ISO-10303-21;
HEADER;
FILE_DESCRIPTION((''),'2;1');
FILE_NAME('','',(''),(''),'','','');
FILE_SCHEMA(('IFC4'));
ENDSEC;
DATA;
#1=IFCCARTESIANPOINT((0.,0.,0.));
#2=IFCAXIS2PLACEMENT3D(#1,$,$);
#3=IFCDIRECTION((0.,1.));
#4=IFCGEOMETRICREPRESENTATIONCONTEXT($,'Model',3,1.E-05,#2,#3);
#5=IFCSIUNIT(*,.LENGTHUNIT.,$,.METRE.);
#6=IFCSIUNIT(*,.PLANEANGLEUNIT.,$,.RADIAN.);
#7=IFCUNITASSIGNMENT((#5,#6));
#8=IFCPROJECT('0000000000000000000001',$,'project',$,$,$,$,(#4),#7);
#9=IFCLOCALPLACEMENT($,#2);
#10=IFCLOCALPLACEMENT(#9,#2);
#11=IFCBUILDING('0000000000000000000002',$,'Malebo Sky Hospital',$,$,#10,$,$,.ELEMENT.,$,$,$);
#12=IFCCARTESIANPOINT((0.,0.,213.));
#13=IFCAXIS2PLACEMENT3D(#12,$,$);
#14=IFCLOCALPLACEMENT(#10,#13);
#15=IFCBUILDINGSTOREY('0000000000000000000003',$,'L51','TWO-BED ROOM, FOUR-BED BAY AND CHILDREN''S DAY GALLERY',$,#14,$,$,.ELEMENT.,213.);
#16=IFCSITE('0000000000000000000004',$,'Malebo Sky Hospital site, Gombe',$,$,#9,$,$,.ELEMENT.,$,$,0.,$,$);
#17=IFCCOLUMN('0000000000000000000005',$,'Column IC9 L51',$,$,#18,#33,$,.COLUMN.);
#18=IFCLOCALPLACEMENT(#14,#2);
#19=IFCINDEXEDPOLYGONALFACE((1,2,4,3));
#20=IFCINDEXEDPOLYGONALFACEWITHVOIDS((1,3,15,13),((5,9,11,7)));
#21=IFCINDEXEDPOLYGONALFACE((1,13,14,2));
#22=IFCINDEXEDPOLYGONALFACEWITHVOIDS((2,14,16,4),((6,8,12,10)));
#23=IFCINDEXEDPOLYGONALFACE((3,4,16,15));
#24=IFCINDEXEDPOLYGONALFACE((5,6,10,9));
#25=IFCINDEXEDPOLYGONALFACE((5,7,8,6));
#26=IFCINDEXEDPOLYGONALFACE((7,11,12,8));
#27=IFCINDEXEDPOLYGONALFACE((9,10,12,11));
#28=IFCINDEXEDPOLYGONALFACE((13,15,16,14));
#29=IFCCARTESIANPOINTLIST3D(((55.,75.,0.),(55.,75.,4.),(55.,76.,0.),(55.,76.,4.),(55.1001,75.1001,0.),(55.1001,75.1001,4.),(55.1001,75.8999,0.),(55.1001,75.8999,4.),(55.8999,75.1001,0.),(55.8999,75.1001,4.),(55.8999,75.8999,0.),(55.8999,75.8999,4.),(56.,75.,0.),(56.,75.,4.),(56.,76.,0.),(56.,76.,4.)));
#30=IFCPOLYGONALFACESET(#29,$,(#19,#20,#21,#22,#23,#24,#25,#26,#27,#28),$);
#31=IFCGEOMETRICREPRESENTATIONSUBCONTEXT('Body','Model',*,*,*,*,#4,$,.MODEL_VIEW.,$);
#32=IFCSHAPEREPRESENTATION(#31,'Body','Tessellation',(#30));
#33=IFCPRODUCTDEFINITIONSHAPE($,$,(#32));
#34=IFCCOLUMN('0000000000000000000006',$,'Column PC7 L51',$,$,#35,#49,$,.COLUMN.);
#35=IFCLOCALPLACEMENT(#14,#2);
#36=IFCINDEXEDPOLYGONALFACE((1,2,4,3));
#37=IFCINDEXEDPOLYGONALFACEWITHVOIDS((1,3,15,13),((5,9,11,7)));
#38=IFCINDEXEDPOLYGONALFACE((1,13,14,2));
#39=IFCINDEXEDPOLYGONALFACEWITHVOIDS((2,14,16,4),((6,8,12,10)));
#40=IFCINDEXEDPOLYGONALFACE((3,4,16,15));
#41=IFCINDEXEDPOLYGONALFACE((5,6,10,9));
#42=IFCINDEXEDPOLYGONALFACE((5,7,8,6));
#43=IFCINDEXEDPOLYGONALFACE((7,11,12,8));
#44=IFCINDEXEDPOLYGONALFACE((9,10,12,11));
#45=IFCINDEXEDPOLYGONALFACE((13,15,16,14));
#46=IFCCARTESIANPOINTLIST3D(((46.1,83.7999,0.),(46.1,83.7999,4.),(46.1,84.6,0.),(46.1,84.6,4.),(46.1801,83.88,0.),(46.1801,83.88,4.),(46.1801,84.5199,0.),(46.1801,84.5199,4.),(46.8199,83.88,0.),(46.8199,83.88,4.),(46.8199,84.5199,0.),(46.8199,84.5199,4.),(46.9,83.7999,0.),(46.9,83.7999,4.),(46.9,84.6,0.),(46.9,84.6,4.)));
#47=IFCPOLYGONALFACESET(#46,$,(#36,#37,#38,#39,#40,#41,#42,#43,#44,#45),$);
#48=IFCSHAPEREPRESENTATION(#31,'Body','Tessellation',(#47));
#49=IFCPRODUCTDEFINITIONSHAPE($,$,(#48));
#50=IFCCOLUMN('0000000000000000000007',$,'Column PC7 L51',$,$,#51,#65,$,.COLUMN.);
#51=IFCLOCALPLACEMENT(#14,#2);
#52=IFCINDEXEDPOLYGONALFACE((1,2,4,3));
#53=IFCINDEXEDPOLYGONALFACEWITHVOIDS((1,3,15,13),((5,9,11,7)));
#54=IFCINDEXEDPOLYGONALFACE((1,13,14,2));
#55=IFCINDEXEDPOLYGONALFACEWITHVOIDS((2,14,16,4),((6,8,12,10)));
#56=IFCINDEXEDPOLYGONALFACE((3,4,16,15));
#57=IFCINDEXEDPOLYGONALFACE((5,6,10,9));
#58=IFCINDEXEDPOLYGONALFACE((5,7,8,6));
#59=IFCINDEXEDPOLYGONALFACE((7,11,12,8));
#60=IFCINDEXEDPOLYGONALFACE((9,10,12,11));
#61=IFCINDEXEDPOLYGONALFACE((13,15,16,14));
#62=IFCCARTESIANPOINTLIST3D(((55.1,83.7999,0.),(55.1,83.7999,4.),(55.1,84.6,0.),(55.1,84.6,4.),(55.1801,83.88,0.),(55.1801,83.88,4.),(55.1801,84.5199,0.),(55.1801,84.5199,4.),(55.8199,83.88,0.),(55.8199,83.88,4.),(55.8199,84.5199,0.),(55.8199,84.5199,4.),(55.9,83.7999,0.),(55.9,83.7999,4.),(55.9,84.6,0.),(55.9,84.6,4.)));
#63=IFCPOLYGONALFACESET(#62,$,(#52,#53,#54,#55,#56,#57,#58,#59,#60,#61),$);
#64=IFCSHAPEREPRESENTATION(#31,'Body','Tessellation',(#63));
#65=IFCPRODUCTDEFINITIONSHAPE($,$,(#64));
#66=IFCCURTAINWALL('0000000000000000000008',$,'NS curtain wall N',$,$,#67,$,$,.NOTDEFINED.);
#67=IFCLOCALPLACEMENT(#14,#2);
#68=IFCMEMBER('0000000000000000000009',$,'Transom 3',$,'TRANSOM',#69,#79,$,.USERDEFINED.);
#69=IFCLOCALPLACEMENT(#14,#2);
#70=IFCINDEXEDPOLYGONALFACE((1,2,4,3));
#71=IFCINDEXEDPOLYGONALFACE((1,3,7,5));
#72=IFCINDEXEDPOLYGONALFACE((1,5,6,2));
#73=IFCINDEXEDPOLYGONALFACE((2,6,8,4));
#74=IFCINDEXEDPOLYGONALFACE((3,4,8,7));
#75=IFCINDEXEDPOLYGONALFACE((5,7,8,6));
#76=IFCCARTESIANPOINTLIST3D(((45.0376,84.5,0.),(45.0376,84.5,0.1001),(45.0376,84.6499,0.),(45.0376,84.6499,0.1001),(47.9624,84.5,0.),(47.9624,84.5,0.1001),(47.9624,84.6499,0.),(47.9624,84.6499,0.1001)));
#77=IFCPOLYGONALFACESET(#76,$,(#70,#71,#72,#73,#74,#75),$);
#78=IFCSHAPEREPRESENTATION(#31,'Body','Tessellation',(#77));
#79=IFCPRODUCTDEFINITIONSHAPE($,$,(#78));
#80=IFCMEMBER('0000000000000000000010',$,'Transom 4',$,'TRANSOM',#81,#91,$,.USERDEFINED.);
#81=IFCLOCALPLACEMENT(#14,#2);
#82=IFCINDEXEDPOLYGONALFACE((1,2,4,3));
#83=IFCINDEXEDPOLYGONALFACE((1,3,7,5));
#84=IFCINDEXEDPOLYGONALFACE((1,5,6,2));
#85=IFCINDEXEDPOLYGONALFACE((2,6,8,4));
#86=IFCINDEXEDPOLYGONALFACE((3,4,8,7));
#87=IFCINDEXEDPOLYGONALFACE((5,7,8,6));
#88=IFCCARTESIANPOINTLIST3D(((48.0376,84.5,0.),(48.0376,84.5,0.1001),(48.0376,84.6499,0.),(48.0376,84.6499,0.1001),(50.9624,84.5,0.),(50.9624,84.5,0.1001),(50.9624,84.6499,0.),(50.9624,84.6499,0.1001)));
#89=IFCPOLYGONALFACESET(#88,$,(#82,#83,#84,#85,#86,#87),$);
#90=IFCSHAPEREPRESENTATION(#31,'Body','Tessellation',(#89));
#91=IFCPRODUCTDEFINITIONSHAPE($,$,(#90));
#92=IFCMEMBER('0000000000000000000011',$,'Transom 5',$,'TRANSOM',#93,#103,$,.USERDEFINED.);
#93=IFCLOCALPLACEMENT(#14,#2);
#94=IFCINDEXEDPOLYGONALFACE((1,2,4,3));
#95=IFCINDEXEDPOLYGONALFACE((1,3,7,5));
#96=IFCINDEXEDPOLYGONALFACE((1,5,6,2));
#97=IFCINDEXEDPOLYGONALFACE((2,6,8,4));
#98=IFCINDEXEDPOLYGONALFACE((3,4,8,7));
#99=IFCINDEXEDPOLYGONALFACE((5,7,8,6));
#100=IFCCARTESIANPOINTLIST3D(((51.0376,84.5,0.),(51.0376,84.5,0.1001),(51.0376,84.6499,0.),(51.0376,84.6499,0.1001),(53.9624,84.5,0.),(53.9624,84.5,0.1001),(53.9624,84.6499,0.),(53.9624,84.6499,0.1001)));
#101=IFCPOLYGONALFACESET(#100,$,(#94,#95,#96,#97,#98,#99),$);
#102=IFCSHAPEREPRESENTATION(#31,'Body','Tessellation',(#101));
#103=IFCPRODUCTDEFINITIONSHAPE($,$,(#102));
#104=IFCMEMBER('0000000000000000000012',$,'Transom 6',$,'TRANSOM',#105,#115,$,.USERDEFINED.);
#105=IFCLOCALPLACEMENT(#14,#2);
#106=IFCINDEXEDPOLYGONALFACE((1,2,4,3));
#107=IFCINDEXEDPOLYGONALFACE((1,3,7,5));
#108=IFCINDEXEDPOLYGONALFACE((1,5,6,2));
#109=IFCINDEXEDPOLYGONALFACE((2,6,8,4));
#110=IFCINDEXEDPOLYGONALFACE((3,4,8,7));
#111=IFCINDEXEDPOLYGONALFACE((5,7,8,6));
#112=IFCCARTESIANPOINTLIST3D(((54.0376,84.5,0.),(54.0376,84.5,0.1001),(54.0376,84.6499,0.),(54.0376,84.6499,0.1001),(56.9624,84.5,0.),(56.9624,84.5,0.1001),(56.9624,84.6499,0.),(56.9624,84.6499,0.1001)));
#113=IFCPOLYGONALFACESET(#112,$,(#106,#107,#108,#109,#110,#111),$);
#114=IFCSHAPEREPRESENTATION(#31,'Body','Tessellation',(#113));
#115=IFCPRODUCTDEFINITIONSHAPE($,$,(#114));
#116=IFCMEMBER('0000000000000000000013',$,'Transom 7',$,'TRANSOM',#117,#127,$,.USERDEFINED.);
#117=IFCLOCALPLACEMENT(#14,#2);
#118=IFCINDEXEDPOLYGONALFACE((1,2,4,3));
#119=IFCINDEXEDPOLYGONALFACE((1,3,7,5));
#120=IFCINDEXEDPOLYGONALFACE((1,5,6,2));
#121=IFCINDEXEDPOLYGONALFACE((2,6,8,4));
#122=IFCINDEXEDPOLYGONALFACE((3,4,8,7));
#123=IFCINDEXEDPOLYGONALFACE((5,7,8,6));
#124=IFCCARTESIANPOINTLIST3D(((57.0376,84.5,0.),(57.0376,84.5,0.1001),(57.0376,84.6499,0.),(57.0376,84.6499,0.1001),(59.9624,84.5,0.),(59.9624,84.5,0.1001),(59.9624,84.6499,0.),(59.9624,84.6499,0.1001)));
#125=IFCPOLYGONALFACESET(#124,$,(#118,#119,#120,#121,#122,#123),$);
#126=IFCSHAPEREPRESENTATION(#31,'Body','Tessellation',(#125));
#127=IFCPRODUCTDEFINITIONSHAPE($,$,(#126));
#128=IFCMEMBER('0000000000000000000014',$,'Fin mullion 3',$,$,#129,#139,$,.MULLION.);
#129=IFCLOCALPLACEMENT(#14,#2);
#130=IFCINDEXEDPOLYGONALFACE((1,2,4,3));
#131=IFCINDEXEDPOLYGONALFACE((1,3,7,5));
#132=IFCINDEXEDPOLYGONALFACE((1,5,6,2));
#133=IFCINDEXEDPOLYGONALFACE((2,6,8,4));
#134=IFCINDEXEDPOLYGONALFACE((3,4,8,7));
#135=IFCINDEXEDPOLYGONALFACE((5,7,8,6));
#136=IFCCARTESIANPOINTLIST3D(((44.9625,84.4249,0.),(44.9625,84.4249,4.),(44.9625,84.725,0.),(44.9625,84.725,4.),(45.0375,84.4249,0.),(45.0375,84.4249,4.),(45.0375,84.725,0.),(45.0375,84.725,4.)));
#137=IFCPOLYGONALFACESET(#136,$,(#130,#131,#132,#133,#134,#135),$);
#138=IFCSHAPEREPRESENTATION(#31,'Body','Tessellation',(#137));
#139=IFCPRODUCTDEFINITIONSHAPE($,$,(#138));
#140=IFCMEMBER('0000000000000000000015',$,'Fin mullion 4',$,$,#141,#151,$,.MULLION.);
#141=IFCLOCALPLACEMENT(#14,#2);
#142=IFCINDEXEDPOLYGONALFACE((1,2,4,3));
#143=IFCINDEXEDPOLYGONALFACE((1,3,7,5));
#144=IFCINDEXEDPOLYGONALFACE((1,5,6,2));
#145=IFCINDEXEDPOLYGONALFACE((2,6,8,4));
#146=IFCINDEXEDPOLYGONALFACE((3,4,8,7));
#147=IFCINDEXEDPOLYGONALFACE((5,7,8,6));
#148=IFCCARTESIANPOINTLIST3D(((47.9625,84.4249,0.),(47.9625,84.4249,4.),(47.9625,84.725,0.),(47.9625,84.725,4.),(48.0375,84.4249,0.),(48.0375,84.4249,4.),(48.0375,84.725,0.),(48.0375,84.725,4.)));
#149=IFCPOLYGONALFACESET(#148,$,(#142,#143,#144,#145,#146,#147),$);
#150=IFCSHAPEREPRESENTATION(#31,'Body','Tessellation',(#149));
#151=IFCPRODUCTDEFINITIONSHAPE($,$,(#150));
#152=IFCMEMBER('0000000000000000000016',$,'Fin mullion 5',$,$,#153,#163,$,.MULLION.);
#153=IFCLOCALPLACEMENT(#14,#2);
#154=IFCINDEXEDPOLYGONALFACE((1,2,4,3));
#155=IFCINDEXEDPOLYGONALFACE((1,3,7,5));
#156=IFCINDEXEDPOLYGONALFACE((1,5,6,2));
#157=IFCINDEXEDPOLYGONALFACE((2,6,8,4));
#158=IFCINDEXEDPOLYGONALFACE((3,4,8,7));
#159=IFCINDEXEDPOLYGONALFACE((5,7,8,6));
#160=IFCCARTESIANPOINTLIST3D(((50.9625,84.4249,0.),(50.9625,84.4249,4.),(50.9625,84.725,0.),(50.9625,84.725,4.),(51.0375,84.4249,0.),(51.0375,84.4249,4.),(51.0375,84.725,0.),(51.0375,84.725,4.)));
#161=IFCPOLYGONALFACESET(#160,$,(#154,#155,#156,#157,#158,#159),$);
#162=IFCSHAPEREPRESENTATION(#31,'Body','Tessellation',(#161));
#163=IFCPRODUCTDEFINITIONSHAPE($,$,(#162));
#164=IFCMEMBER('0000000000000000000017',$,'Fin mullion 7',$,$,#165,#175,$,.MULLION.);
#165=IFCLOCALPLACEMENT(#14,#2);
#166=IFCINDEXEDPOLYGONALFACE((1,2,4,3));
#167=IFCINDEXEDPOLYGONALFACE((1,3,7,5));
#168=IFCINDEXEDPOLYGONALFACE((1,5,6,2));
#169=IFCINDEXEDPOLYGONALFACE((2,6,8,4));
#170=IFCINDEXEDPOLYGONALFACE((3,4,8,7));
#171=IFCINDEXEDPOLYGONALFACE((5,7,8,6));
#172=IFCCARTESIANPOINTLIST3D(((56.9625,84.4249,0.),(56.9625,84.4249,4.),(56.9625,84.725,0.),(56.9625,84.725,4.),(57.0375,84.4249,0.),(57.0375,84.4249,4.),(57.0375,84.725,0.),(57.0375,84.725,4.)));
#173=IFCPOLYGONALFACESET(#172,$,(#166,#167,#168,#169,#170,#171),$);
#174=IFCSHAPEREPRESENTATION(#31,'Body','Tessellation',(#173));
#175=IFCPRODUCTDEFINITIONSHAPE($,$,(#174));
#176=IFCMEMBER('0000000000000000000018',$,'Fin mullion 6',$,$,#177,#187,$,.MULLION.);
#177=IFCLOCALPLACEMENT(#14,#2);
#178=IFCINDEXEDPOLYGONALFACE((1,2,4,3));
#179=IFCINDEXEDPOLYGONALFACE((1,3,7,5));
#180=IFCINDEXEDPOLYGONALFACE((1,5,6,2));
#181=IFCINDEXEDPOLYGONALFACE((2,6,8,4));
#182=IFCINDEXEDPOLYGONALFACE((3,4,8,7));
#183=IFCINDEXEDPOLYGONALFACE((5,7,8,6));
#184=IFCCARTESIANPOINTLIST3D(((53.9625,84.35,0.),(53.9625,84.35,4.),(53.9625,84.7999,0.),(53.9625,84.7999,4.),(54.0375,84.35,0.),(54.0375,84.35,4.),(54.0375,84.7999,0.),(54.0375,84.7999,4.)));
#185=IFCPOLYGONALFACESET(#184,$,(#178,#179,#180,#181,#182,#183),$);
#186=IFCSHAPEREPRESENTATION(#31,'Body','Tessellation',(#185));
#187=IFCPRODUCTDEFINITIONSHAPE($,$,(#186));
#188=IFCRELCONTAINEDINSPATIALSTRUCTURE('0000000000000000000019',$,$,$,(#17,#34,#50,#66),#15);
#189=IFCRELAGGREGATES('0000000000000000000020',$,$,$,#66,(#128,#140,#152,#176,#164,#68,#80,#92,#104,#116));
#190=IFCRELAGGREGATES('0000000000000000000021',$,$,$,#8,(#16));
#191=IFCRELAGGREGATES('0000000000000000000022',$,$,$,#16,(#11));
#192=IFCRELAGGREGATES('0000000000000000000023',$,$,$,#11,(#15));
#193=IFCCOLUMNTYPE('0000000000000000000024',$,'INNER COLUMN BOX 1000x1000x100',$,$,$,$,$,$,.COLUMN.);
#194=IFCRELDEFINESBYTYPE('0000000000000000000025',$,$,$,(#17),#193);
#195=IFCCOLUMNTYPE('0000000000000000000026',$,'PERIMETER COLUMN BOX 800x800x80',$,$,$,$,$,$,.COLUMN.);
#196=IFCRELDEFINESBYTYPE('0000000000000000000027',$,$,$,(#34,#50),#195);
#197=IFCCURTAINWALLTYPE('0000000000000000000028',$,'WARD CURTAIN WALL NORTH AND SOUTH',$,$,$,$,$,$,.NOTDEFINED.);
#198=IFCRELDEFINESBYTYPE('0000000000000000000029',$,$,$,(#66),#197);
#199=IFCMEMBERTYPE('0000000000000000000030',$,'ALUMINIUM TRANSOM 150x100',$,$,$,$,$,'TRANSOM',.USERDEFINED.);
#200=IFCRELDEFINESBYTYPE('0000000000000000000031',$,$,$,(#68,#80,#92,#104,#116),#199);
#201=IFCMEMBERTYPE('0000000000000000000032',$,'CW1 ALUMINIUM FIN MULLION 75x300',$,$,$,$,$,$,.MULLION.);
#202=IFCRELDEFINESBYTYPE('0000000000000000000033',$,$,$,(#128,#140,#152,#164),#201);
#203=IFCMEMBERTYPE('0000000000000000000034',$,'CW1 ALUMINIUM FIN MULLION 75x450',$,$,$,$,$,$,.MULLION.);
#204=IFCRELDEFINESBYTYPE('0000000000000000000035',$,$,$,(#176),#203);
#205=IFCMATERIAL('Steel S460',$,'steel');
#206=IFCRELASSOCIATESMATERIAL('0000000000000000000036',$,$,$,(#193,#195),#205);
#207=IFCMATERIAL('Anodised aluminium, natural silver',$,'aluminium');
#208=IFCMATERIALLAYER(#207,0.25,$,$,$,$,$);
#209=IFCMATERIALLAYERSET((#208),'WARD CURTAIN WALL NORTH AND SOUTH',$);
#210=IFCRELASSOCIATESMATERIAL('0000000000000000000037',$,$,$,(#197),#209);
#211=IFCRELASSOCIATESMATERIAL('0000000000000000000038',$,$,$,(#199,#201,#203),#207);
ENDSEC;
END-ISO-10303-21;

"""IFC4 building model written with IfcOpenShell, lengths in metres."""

from ifc_helpers import new_model, si_unit, direction, frame, origin, origin_2d, place, context, subcontext, project, spatial, rectangle, hollow_rectangle, extrude, material, layer, layer_set, material_profile, profile_set, type_object, element, aggregate, save


model = new_model("IFC4")

# Units and contexts
model_context = context("Model", 3, precision=1e-05, world=origin(), true_north=direction((0.0, 1.0)))
body_context = subcontext(model_context, "Body", "Model", "MODEL_VIEW")
ifc_project = project(units=[si_unit("LENGTHUNIT", "METRE"), si_unit("PLANEANGLEUNIT", "RADIAN")], contexts=[model_context])

# Site, building, storey
site_placement = place(None, origin())
site = spatial("IfcSite", under=ifc_project, at=site_placement, Name="Malebo Sky Hospital site, Gombe", CompositionType="ELEMENT", RefElevation=0.0)
building_placement = place(site_placement, origin())
building = spatial("IfcBuilding", under=site, at=building_placement, Name="Malebo Sky Hospital", CompositionType="ELEMENT")
storey_placement = place(building_placement, frame((0.0, 0.0, 213.0)))
storey = spatial("IfcBuildingStorey", under=building, at=storey_placement, Name="L51", Description="TWO-BED ROOM, FOUR-BED BAY AND CHILDREN'S DAY GALLERY", CompositionType="ELEMENT", Elevation=213.0)

# Columns
ifc_material_1 = material(Name="Steel S460", Category="steel")
ifc_material_profile_1 = material_profile(ifc_material_1, hollow_rectangle(XDim=1.0, YDim=1.0, WallThickness=0.1001, at=origin_2d()), Name="BOX 1000x1000x100")
ifc_profile_set_1 = profile_set([ifc_material_profile_1], Name="Steel S460")
column_type_1 = type_object("IfcColumnType", Name="INNER COLUMN BOX 1000x1000x100", PredefinedType="COLUMN", material=ifc_profile_set_1)
column_placement = place(storey_placement, frame((55.5, 75.5, 0.0), z_axis=(0.0, 0.0, 1.0), x_axis=(1.0, 0.0, 0.0)))
element("IfcColumn", 1, at=column_placement, inside=storey, type_object=column_type_1, Name="Column IC9 L51", PredefinedType="COLUMN", context=body_context, shape_type="SweptSolid", body=[
    extrude(hollow_rectangle(XDim=1.0, YDim=1.0, WallThickness=0.1001, at=origin_2d()), origin(), (0.0, 0.0, 1.0), 4.0),
])
ifc_material_profile_2 = material_profile(ifc_material_1, hollow_rectangle(XDim=0.8, YDim=0.8, WallThickness=0.0801, at=origin_2d()), Name="BOX 800x800x80")
ifc_profile_set_2 = profile_set([ifc_material_profile_2], Name="Steel S460")
column_type_2 = type_object("IfcColumnType", Name="PERIMETER COLUMN BOX 800x800x80", PredefinedType="COLUMN", material=ifc_profile_set_2)
for number, where, z_axis, x_axis, name in (
    (2, (46.5, 84.2, 0.0), (0.0, 0.0, 1.0), (1.0, 0.0, 0.0), "Column PC7 L51"),
    (3, (55.5, 84.2, 0.0), (0.0, 0.0, 1.0), (1.0, 0.0, 0.0), "Column PC7 L51"),
):
    element("IfcColumn", number, at=place(storey_placement, frame(where, z_axis=z_axis, x_axis=x_axis)), inside=storey, type_object=column_type_2, Name=name, PredefinedType="COLUMN", context=body_context, shape_type="SweptSolid", body=[
        extrude(hollow_rectangle(XDim=0.8, YDim=0.8, WallThickness=0.0801, at=origin_2d()), origin(), (0.0, 0.0, 1.0), 4.0),
    ])

# Curtain wall, members
ifc_material_2 = material(Name="Anodised aluminium, natural silver", Category="aluminium")
ifc_layer_1 = layer(ifc_material_2, 0.25)
ifc_layer_set_1 = layer_set([ifc_layer_1], Name="WARD CURTAIN WALL NORTH AND SOUTH")
curtain_wall_type = type_object("IfcCurtainWallType", Name="WARD CURTAIN WALL NORTH AND SOUTH", PredefinedType="NOTDEFINED", material=ifc_layer_set_1)
curtain_wall_placement = place(storey_placement, origin())
curtain_wall = element("IfcCurtainWall", 4, at=curtain_wall_placement, inside=storey, type_object=curtain_wall_type, Name="NS curtain wall N", PredefinedType="NOTDEFINED")
ifc_material_profile_3 = material_profile(ifc_material_2, rectangle(XDim=0.1499, YDim=0.1001, at=origin_2d()), Name="ALUMINIUM TRANSOM 150x100")
ifc_profile_set_3 = profile_set([ifc_material_profile_3], Name="Anodised aluminium, natural silver")
member_type_1 = type_object("IfcMemberType", Name="ALUMINIUM TRANSOM 150x100", ElementType="TRANSOM", PredefinedType="USERDEFINED", material=ifc_profile_set_3)
member_1_placement = place(storey_placement, frame((45.0376, 84.575, 0.05), z_axis=(1.0, 0.0, 0.0), x_axis=(0.0, 1.0, 0.0)))
member_1 = element("IfcMember", 5, at=member_1_placement, type_object=member_type_1, Name="Transom 3", ObjectType="TRANSOM", PredefinedType="USERDEFINED", context=body_context, shape_type="SweptSolid", body=[
    extrude(rectangle(XDim=0.1499, YDim=0.1001, at=origin_2d()), origin(), (0.0, 0.0, 1.0), 2.9248),
])
member_2_placement = place(storey_placement, frame((48.0376, 84.575, 0.05), z_axis=(1.0, 0.0, 0.0), x_axis=(0.0, 1.0, 0.0)))
member_2 = element("IfcMember", 6, at=member_2_placement, type_object=member_type_1, Name="Transom 4", ObjectType="TRANSOM", PredefinedType="USERDEFINED", context=body_context, shape_type="SweptSolid", body=[
    extrude(rectangle(XDim=0.1499, YDim=0.1001, at=origin_2d()), origin(), (0.0, 0.0, 1.0), 2.9248),
])
member_3_placement = place(storey_placement, frame((51.0376, 84.575, 0.05), z_axis=(1.0, 0.0, 0.0), x_axis=(0.0, 1.0, 0.0)))
member_3 = element("IfcMember", 7, at=member_3_placement, type_object=member_type_1, Name="Transom 5", ObjectType="TRANSOM", PredefinedType="USERDEFINED", context=body_context, shape_type="SweptSolid", body=[
    extrude(rectangle(XDim=0.1499, YDim=0.1001, at=origin_2d()), origin(), (0.0, 0.0, 1.0), 2.9248),
])
member_4_placement = place(storey_placement, frame((54.0376, 84.575, 0.05), z_axis=(1.0, 0.0, 0.0), x_axis=(0.0, 1.0, 0.0)))
member_4 = element("IfcMember", 8, at=member_4_placement, type_object=member_type_1, Name="Transom 6", ObjectType="TRANSOM", PredefinedType="USERDEFINED", context=body_context, shape_type="SweptSolid", body=[
    extrude(rectangle(XDim=0.1499, YDim=0.1001, at=origin_2d()), origin(), (0.0, 0.0, 1.0), 2.9248),
])
member_5_placement = place(storey_placement, frame((57.0376, 84.575, 0.05), z_axis=(1.0, 0.0, 0.0), x_axis=(0.0, 1.0, 0.0)))
member_5 = element("IfcMember", 9, at=member_5_placement, type_object=member_type_1, Name="Transom 7", ObjectType="TRANSOM", PredefinedType="USERDEFINED", context=body_context, shape_type="SweptSolid", body=[
    extrude(rectangle(XDim=0.1499, YDim=0.1001, at=origin_2d()), origin(), (0.0, 0.0, 1.0), 2.9248),
])
ifc_material_profile_4 = material_profile(ifc_material_2, rectangle(XDim=0.075, YDim=0.3, at=origin_2d()), Name="CW1 ALUMINIUM FIN MULLION 75x300")
ifc_profile_set_4 = profile_set([ifc_material_profile_4], Name="Anodised aluminium, natural silver")
member_type_2 = type_object("IfcMemberType", Name="CW1 ALUMINIUM FIN MULLION 75x300", PredefinedType="MULLION", material=ifc_profile_set_4)
member_6_placement = place(storey_placement, frame((45.0, 84.575, 0.0), z_axis=(0.0, 0.0, 1.0), x_axis=(1.0, 0.0, 0.0)))
member_6 = element("IfcMember", 10, at=member_6_placement, type_object=member_type_2, Name="Fin mullion 3", PredefinedType="MULLION", context=body_context, shape_type="SweptSolid", body=[
    extrude(rectangle(XDim=0.075, YDim=0.3, at=origin_2d()), origin(), (0.0, 0.0, 1.0), 4.0),
])
member_7_placement = place(storey_placement, frame((48.0, 84.575, 0.0), z_axis=(0.0, 0.0, 1.0), x_axis=(1.0, 0.0, 0.0)))
member_7 = element("IfcMember", 11, at=member_7_placement, type_object=member_type_2, Name="Fin mullion 4", PredefinedType="MULLION", context=body_context, shape_type="SweptSolid", body=[
    extrude(rectangle(XDim=0.075, YDim=0.3, at=origin_2d()), origin(), (0.0, 0.0, 1.0), 4.0),
])
member_8_placement = place(storey_placement, frame((51.0, 84.575, 0.0), z_axis=(0.0, 0.0, 1.0), x_axis=(1.0, 0.0, 0.0)))
member_8 = element("IfcMember", 12, at=member_8_placement, type_object=member_type_2, Name="Fin mullion 5", PredefinedType="MULLION", context=body_context, shape_type="SweptSolid", body=[
    extrude(rectangle(XDim=0.075, YDim=0.3, at=origin_2d()), origin(), (0.0, 0.0, 1.0), 4.0),
])
member_9_placement = place(storey_placement, frame((57.0, 84.575, 0.0), z_axis=(0.0, 0.0, 1.0), x_axis=(1.0, 0.0, 0.0)))
member_9 = element("IfcMember", 13, at=member_9_placement, type_object=member_type_2, Name="Fin mullion 7", PredefinedType="MULLION", context=body_context, shape_type="SweptSolid", body=[
    extrude(rectangle(XDim=0.075, YDim=0.3, at=origin_2d()), origin(), (0.0, 0.0, 1.0), 4.0),
])
ifc_material_profile_5 = material_profile(ifc_material_2, rectangle(XDim=0.075, YDim=0.45, at=origin_2d()), Name="CW1 ALUMINIUM FIN MULLION 75x450")
ifc_profile_set_5 = profile_set([ifc_material_profile_5], Name="Anodised aluminium, natural silver")
member_type_3 = type_object("IfcMemberType", Name="CW1 ALUMINIUM FIN MULLION 75x450", PredefinedType="MULLION", material=ifc_profile_set_5)
member_10_placement = place(storey_placement, frame((54.0, 84.575, 0.0), z_axis=(0.0, 0.0, 1.0), x_axis=(1.0, 0.0, 0.0)))
member_10 = element("IfcMember", 14, at=member_10_placement, type_object=member_type_3, Name="Fin mullion 6", PredefinedType="MULLION", context=body_context, shape_type="SweptSolid", body=[
    extrude(rectangle(XDim=0.075, YDim=0.45, at=origin_2d()), origin(), (0.0, 0.0, 1.0), 4.0),
])

aggregate(curtain_wall, [member_6, member_7, member_8, member_10, member_9, member_1, member_2, member_3, member_4, member_5])

save(model, "model.ifc")
